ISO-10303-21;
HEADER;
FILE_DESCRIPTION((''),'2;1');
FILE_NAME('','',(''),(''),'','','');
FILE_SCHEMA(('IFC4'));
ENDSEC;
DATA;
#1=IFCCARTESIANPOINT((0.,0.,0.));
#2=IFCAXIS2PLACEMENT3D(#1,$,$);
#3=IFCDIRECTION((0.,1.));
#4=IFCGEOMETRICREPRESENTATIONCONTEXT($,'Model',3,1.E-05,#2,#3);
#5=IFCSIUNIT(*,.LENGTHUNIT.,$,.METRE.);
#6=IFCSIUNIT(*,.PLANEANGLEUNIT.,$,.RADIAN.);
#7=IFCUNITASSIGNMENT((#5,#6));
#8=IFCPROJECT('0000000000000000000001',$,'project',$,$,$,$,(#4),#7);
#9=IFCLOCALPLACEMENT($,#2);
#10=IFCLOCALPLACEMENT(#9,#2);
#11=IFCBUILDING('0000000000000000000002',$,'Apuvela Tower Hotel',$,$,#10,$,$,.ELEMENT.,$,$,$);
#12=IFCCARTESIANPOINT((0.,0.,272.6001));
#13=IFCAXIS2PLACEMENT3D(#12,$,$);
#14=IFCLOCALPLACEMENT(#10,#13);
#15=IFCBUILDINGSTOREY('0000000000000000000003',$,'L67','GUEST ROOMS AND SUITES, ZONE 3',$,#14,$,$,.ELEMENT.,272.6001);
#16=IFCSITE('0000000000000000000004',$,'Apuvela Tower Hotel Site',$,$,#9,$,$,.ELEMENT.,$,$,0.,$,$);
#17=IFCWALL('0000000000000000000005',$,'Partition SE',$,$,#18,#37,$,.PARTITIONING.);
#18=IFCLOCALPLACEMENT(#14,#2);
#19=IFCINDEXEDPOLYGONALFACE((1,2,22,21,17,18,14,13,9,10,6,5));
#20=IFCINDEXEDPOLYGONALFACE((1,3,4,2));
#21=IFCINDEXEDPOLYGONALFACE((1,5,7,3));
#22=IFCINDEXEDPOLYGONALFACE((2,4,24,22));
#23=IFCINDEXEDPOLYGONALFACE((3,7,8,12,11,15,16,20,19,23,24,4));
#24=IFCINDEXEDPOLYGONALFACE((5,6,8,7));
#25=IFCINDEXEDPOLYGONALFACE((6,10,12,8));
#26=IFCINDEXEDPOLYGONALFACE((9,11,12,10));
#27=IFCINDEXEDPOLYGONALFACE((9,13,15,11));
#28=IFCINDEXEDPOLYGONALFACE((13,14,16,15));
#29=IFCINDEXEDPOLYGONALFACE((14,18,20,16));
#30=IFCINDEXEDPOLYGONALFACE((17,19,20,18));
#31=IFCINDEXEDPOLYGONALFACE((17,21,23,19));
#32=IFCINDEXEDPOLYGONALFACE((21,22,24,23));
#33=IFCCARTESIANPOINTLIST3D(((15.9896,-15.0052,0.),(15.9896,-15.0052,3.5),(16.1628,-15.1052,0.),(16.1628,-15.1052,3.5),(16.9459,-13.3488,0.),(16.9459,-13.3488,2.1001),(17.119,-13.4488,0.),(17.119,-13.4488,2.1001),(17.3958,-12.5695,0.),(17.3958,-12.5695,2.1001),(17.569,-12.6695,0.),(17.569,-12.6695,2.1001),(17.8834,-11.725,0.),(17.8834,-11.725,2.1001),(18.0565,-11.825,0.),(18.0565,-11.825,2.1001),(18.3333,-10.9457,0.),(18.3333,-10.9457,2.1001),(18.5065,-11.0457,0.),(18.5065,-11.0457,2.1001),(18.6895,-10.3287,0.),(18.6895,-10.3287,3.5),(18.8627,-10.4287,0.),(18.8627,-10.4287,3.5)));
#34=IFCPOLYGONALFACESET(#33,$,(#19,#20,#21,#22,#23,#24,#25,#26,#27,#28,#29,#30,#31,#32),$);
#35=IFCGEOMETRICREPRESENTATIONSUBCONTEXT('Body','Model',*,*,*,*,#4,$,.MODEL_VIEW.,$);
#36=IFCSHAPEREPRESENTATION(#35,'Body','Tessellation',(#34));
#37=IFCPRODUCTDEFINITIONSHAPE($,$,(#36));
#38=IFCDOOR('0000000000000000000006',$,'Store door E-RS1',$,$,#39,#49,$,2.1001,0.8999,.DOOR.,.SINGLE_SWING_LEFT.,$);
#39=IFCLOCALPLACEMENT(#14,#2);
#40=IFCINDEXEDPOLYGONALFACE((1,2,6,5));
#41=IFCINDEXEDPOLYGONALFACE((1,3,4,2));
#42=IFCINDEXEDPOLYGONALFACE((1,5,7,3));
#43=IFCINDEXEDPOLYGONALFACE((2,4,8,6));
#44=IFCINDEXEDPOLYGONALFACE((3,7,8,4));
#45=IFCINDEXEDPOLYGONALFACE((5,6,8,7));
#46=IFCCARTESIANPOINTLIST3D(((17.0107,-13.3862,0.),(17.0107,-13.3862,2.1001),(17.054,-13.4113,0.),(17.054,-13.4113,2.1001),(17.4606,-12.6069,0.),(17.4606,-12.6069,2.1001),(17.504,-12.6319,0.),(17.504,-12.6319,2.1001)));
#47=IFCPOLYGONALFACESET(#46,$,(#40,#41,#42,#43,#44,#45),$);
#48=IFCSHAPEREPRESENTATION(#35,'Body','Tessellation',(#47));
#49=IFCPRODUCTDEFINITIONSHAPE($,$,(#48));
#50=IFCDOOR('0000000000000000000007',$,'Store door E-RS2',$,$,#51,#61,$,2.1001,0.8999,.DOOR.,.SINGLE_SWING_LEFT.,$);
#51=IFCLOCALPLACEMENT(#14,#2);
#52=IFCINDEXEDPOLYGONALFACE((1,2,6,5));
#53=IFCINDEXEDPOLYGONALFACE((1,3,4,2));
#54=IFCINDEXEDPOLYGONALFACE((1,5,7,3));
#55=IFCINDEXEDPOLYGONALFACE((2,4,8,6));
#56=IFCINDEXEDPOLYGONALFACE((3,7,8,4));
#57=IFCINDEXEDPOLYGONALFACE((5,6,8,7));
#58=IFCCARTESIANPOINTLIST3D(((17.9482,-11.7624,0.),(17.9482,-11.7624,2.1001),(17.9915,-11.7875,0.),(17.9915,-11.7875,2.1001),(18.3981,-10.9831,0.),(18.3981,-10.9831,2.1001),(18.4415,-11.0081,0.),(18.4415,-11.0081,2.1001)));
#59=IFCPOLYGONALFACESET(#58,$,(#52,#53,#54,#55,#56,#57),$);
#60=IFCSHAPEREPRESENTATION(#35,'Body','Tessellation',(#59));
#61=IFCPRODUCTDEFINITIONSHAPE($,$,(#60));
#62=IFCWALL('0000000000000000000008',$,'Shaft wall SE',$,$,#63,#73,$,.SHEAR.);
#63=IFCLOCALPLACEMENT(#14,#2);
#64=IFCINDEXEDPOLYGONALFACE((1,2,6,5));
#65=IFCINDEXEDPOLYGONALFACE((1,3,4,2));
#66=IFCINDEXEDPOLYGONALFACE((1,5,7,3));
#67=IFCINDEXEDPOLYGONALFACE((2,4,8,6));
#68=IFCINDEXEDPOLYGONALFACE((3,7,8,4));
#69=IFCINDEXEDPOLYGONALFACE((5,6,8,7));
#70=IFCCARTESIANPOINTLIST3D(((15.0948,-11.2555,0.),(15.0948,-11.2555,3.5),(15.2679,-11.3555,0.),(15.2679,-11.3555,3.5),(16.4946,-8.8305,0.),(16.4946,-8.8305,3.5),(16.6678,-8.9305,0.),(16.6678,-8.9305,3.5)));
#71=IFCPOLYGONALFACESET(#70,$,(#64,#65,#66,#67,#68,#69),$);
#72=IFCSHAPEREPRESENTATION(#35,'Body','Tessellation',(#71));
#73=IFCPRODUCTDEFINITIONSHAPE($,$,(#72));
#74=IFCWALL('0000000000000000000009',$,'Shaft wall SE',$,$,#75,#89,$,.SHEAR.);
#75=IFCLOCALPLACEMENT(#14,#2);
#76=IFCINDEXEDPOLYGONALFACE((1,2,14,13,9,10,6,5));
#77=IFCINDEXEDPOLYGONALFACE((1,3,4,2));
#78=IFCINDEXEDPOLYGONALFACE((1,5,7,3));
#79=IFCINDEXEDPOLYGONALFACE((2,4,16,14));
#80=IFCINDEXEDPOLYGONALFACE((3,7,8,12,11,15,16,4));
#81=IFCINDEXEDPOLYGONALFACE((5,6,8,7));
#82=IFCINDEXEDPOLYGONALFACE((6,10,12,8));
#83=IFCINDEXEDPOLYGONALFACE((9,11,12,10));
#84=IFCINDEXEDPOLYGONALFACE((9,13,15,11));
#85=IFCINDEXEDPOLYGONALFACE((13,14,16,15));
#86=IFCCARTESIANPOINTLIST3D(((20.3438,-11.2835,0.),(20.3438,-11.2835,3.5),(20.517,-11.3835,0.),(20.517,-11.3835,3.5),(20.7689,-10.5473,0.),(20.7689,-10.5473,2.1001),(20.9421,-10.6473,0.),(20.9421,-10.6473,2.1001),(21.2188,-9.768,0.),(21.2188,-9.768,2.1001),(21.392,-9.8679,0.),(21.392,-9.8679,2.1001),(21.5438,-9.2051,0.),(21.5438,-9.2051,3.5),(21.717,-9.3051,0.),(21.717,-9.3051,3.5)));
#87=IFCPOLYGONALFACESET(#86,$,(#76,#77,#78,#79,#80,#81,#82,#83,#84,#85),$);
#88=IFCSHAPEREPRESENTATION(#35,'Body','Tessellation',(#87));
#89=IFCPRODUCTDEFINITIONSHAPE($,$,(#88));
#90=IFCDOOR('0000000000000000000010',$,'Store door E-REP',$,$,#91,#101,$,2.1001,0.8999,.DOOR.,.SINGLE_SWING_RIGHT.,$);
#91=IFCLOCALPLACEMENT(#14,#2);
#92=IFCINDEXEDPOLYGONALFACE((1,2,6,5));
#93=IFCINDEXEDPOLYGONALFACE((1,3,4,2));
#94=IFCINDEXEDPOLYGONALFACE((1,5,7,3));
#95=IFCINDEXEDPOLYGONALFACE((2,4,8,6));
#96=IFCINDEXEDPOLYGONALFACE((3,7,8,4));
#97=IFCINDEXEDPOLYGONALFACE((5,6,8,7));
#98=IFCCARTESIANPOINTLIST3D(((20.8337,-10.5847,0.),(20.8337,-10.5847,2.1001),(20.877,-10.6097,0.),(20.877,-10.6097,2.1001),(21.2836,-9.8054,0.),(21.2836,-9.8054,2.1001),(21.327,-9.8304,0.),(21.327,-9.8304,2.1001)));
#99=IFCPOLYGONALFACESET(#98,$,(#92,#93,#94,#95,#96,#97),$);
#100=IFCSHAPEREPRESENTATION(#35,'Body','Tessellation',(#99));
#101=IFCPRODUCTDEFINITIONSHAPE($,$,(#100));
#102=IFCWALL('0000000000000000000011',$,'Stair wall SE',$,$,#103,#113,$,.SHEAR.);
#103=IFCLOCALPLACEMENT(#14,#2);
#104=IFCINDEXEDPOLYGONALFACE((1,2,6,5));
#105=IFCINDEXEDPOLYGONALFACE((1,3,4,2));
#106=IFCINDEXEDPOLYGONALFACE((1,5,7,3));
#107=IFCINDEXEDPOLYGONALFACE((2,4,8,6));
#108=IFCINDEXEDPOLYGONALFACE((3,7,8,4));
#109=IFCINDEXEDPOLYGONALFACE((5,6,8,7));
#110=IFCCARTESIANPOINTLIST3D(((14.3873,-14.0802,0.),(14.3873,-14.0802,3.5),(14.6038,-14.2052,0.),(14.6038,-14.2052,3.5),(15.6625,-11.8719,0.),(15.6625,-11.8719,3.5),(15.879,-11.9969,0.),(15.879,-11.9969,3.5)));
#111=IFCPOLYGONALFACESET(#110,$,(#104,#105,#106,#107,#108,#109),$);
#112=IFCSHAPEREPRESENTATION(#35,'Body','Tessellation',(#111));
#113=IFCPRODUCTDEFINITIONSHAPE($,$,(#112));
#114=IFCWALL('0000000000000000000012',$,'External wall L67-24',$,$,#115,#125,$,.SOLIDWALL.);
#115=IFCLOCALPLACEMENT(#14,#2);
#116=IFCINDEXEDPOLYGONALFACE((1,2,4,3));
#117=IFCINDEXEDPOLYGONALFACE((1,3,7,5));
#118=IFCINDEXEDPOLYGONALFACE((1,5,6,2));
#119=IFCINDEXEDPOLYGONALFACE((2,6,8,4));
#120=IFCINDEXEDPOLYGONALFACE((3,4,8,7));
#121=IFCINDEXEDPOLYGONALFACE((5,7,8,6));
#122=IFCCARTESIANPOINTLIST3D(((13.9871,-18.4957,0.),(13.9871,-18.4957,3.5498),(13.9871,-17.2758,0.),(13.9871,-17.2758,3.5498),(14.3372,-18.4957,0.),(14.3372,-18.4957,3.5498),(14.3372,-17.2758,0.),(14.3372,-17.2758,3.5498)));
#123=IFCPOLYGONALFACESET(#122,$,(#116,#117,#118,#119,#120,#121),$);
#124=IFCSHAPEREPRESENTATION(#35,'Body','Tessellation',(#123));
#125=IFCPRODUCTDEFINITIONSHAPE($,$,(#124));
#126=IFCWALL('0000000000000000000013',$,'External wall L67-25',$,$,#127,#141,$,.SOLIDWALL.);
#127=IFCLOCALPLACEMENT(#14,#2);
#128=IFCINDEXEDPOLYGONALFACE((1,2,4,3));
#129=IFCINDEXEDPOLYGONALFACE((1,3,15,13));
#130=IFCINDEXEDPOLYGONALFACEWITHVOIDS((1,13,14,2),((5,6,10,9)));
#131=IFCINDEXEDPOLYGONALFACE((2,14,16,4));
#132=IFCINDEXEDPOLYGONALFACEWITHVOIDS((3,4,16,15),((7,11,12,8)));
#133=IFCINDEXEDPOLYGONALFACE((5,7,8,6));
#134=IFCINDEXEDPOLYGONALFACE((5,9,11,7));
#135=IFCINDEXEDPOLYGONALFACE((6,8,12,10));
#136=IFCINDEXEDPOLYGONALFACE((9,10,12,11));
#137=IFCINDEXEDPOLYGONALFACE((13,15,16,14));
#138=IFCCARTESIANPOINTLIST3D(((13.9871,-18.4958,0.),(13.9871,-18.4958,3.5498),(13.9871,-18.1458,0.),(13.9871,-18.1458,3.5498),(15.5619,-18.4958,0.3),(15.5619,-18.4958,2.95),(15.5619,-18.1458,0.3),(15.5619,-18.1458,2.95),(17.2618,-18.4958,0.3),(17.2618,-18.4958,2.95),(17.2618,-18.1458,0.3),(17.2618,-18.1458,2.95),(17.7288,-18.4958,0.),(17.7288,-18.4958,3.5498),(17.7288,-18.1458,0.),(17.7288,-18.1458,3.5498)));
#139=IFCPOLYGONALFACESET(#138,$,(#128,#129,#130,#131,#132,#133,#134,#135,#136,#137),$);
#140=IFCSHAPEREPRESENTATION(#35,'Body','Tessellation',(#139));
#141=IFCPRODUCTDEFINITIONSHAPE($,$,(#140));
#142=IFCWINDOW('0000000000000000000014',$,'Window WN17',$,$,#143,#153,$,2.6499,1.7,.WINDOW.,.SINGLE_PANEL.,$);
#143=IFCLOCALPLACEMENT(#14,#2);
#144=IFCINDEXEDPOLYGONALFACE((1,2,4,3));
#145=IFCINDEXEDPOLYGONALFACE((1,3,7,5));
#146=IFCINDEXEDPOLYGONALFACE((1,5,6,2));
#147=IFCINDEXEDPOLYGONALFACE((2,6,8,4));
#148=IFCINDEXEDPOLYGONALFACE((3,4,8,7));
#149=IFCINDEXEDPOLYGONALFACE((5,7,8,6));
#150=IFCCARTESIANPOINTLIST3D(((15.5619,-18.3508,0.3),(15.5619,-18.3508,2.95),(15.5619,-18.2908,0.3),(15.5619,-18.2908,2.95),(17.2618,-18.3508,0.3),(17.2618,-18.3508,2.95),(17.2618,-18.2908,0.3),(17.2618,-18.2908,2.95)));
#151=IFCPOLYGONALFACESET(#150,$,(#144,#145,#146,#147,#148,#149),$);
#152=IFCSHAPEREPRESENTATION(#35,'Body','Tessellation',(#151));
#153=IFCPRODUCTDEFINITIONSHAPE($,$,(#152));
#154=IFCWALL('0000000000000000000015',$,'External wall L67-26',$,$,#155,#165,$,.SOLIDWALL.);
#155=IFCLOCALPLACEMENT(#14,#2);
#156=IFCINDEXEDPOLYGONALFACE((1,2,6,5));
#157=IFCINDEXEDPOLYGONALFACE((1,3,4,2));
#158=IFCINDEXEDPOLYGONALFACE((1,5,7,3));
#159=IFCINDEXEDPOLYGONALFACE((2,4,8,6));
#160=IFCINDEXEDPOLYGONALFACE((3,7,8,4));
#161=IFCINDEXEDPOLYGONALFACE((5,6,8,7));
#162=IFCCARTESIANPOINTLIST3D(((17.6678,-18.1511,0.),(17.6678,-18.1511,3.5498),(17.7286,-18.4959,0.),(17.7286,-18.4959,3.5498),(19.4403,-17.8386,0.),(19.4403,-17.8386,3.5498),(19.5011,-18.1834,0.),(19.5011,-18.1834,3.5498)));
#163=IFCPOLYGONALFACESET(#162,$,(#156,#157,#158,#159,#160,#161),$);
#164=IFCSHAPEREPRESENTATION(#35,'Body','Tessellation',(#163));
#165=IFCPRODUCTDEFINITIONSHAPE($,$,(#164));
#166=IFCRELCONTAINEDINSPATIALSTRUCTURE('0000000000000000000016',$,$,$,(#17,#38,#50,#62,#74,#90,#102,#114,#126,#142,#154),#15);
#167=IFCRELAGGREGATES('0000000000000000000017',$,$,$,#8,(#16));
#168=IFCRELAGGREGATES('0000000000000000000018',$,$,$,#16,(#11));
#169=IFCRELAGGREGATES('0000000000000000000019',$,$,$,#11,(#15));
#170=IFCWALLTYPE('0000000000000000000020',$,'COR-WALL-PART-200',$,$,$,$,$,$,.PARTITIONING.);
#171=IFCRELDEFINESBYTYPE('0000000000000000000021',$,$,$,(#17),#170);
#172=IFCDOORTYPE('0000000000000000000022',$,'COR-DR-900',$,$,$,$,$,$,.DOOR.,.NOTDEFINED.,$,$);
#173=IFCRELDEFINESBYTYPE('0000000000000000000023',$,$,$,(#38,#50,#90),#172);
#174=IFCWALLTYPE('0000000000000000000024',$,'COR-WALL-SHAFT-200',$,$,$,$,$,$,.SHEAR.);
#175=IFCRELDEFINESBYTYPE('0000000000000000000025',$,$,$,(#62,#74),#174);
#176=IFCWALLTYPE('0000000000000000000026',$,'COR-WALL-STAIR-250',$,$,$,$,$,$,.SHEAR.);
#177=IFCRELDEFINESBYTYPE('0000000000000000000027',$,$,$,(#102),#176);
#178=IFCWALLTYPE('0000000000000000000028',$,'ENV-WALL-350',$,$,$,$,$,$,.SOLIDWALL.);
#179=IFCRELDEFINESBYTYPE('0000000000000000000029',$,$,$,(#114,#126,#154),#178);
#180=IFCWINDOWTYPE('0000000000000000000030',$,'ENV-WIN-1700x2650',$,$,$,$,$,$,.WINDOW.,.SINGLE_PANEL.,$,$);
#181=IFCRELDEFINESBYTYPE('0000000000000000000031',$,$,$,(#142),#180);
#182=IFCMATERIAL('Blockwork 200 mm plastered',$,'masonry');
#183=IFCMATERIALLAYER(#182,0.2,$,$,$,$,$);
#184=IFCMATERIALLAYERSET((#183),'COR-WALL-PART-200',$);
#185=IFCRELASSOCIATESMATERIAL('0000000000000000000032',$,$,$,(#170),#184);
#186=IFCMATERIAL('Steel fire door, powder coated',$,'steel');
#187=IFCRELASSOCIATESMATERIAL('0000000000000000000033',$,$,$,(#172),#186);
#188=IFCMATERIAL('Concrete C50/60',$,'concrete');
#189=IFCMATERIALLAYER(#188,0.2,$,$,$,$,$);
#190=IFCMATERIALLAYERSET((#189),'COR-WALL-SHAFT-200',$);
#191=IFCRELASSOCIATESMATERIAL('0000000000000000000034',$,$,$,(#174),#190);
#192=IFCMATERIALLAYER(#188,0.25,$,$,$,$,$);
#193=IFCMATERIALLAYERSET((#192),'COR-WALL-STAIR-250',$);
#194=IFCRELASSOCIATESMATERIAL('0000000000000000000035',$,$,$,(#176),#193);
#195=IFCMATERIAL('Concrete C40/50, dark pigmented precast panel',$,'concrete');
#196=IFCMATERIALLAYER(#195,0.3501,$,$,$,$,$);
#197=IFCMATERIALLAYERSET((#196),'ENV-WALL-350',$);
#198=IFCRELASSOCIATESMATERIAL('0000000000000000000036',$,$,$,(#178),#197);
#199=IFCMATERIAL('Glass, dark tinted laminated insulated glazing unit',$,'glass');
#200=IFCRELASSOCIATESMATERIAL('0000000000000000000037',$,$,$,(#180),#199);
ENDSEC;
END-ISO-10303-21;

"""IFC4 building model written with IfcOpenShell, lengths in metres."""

from ifc_helpers import new_model, si_unit, direction, frame, frame_2d, origin, place, context, subcontext, project, spatial, rectangle, extrude, material, layer, layer_set, type_object, element, fill, save


model = new_model("IFC4")

# Units and contexts
model_context = context("Model", 3, precision=1e-05, world=origin(), true_north=direction((0.0, 1.0)))
body_context = subcontext(model_context, "Body", "Model", "MODEL_VIEW")
ifc_project = project(units=[si_unit("LENGTHUNIT", "METRE"), si_unit("PLANEANGLEUNIT", "RADIAN")], contexts=[model_context])

# Site, building, storey
site_placement = place(None, origin())
site = spatial("IfcSite", under=ifc_project, at=site_placement, Name="Apuvela Tower Hotel Site", CompositionType="ELEMENT", RefElevation=0.0)
building_placement = place(site_placement, origin())
building = spatial("IfcBuilding", under=site, at=building_placement, Name="Apuvela Tower Hotel", CompositionType="ELEMENT")
storey_placement = place(building_placement, frame((0.0, 0.0, 272.6001)))
storey = spatial("IfcBuildingStorey", under=building, at=storey_placement, Name="L67", Description="GUEST ROOMS AND SUITES, ZONE 3", CompositionType="ELEMENT", Elevation=272.6001)

# Wall, openings, doors
ifc_material_1 = material(Name="Blockwork 200 mm plastered", Category="masonry")
ifc_layer_1 = layer(ifc_material_1, 0.2)
ifc_layer_set_1 = layer_set([ifc_layer_1], Name="COR-WALL-PART-200")
wall_type_1 = type_object("IfcWallType", Name="COR-WALL-PART-200", PredefinedType="PARTITIONING", material=ifc_layer_set_1)
wall_1_placement = place(storey_placement, frame((16.0762, -15.0552, 0.0), z_axis=(0.0, 0.0, 1.0), x_axis=(0.499995, 0.866028, 0.0)))
wall_1 = element("IfcWall", 1, at=wall_1_placement, inside=storey, type_object=wall_type_1, Name="Partition SE", PredefinedType="PARTITIONING", context=body_context, shape_type="SweptSolid", body=[
    extrude(rectangle(XDim=5.3999, YDim=0.2, at=frame_2d((2.7, 0.0))), origin(), (0.0, 0.0, 1.0), 3.5),
])
opening_1_placement = place(wall_1_placement, frame((1.9126, 0.0, 0.0)))
opening_1 = element("IfcOpeningElement", 2, at=opening_1_placement, cuts=wall_1, PredefinedType="OPENING", context=body_context, shape_type="SweptSolid", body=[
    extrude(rectangle(XDim=0.8999, YDim=2.1001, at=frame_2d((0.45, 1.05))), frame((0.0, 0.1099, 0.0), z_axis=(0.0, -1.0, 0.0), x_axis=(1.0, 0.0, 0.0)), (0.0, 0.0, 1.0), 0.22),
])
opening_2_placement = place(wall_1_placement, frame((3.7876, 0.0, 0.0)))
opening_2 = element("IfcOpeningElement", 3, at=opening_2_placement, cuts=wall_1, PredefinedType="OPENING", context=body_context, shape_type="SweptSolid", body=[
    extrude(rectangle(XDim=0.8999, YDim=2.1001, at=frame_2d((0.45, 1.05))), frame((0.0, 0.1099, 0.0), z_axis=(0.0, -1.0, 0.0), x_axis=(1.0, 0.0, 0.0)), (0.0, 0.0, 1.0), 0.22),
])
ifc_material_2 = material(Name="Steel fire door, powder coated", Category="steel")
door_type_1 = type_object("IfcDoorType", Name="COR-DR-900", OperationType="NOTDEFINED", PredefinedType="DOOR", material=ifc_material_2)
door_1_placement = place(opening_1_placement, frame((0.8999, 0.0, 0.0), z_axis=(0.0, 0.0, 1.0), x_axis=(-1.0, 0.0, 0.0)))
door_1 = element("IfcDoor", 4, at=door_1_placement, inside=storey, type_object=door_type_1, Name="Store door E-RS1", OperationType="SINGLE_SWING_LEFT", OverallHeight=2.1001, OverallWidth=0.8999, PredefinedType="DOOR", context=body_context, shape_type="SweptSolid", body=[
    extrude(rectangle(XDim=0.8999, YDim=2.1001, at=frame_2d((0.45, 1.05))), frame((0.0, 0.0249, 0.0), z_axis=(0.0, -1.0, 0.0), x_axis=(1.0, 0.0, 0.0)), (0.0, 0.0, 1.0), 0.05),
])
fill(opening_1, door_1)
door_2_placement = place(opening_2_placement, frame((0.8999, 0.0, 0.0), z_axis=(0.0, 0.0, 1.0), x_axis=(-1.0, 0.0, 0.0)))
door_2 = element("IfcDoor", 5, at=door_2_placement, inside=storey, type_object=door_type_1, Name="Store door E-RS2", OperationType="SINGLE_SWING_LEFT", OverallHeight=2.1001, OverallWidth=0.8999, PredefinedType="DOOR", context=body_context, shape_type="SweptSolid", body=[
    extrude(rectangle(XDim=0.8999, YDim=2.1001, at=frame_2d((0.45, 1.05))), frame((0.0, 0.0249, 0.0), z_axis=(0.0, -1.0, 0.0), x_axis=(1.0, 0.0, 0.0)), (0.0, 0.0, 1.0), 0.05),
])
fill(opening_2, door_2)

# Wall
ifc_material_3 = material(Name="Concrete C50/60", Category="concrete")
ifc_layer_2 = layer(ifc_material_3, 0.2)
ifc_layer_set_2 = layer_set([ifc_layer_2], Name="COR-WALL-SHAFT-200")
wall_type_2 = type_object("IfcWallType", Name="COR-WALL-SHAFT-200", PredefinedType="SHEAR", material=ifc_layer_set_2)
wall_2_placement = place(storey_placement, frame((15.1814, -11.3054, 0.0), z_axis=(0.0, 0.0, 1.0), x_axis=(0.499946, 0.866056, 0.0)))
element("IfcWall", 6, at=wall_2_placement, inside=storey, type_object=wall_type_2, Name="Shaft wall SE", PredefinedType="SHEAR", context=body_context, shape_type="SweptSolid", body=[
    extrude(rectangle(XDim=2.8, YDim=0.2, at=frame_2d((1.3999, 0.0))), origin(), (0.0, 0.0, 1.0), 3.5),
])

# Wall, opening, door
wall_3_placement = place(storey_placement, frame((20.4304, -11.3335, 0.0), z_axis=(0.0, 0.0, 1.0), x_axis=(0.500001, 0.866025, 0.0)))
wall_3 = element("IfcWall", 7, at=wall_3_placement, inside=storey, type_object=wall_type_2, Name="Shaft wall SE", PredefinedType="SHEAR", context=body_context, shape_type="SweptSolid", body=[
    extrude(rectangle(XDim=2.3999, YDim=0.2, at=frame_2d((1.2, 0.0))), origin(), (0.0, 0.0, 1.0), 3.5),
])
opening_3_placement = place(wall_3_placement, frame((0.8501, 0.0, 0.0)))
opening_3 = element("IfcOpeningElement", 8, at=opening_3_placement, cuts=wall_3, PredefinedType="OPENING", context=body_context, shape_type="SweptSolid", body=[
    extrude(rectangle(XDim=0.8999, YDim=2.1001, at=frame_2d((0.45, 1.05))), frame((0.0, 0.1099, 0.0), z_axis=(0.0, -1.0, 0.0), x_axis=(1.0, 0.0, 0.0)), (0.0, 0.0, 1.0), 0.22),
])
door_3_placement = place(opening_3_placement, frame((0.8999, 0.0, 0.0), z_axis=(0.0, 0.0, 1.0), x_axis=(-1.0, 0.0, 0.0)))
door_3 = element("IfcDoor", 9, at=door_3_placement, inside=storey, type_object=door_type_1, Name="Store door E-REP", OperationType="SINGLE_SWING_RIGHT", OverallHeight=2.1001, OverallWidth=0.8999, PredefinedType="DOOR", context=body_context, shape_type="SweptSolid", body=[
    extrude(rectangle(XDim=0.8999, YDim=2.1001, at=frame_2d((0.45, 1.05))), frame((0.0, 0.0249, 0.0), z_axis=(0.0, -1.0, 0.0), x_axis=(1.0, 0.0, 0.0)), (0.0, 0.0, 1.0), 0.05),
])
fill(opening_3, door_3)

# Walls
ifc_layer_3 = layer(ifc_material_3, 0.25)
ifc_layer_set_3 = layer_set([ifc_layer_3], Name="COR-WALL-STAIR-250")
wall_type_3 = type_object("IfcWallType", Name="COR-WALL-STAIR-250", PredefinedType="SHEAR", material=ifc_layer_set_3)
wall_4_placement = place(storey_placement, frame((14.4956, -14.1426, 0.0), z_axis=(0.0, 0.0, 1.0), x_axis=(0.500062, 0.865989, 0.0)))
element("IfcWall", 10, at=wall_4_placement, inside=storey, type_object=wall_type_3, Name="Stair wall SE", PredefinedType="SHEAR", context=body_context, shape_type="SweptSolid", body=[
    extrude(rectangle(XDim=2.55, YDim=0.25, at=frame_2d((1.2749, 0.0))), origin(), (0.0, 0.0, 1.0), 3.5),
])
ifc_material_4 = material(Name="Concrete C40/50, dark pigmented precast panel", Category="concrete")
ifc_layer_4 = layer(ifc_material_4, 0.3501)
ifc_layer_set_4 = layer_set([ifc_layer_4], Name="ENV-WALL-350")
wall_type_4 = type_object("IfcWallType", Name="ENV-WALL-350", PredefinedType="SOLIDWALL", material=ifc_layer_set_4)
wall_5_placement = place(storey_placement, frame((14.1621, -17.2759, 0.0), z_axis=(0.0, 0.0, 1.0), x_axis=(0.0, -1.0, 0.0)))
element("IfcWall", 11, at=wall_5_placement, inside=storey, type_object=wall_type_4, Name="External wall L67-24", PredefinedType="SOLIDWALL", context=body_context, shape_type="SweptSolid", body=[
    extrude(rectangle(XDim=1.22, YDim=0.3501, at=frame_2d((0.6099, 0.0))), origin(), (0.0, 0.0, 1.0), 3.5498),
])

# Wall, opening, window
wall_6_placement = place(storey_placement, frame((13.9871, -18.3208, 0.0), z_axis=(0.0, 0.0, 1.0), x_axis=(1.0, 0.0, 0.0)))
wall_6 = element("IfcWall", 12, at=wall_6_placement, inside=storey, type_object=wall_type_4, Name="External wall L67-25", PredefinedType="SOLIDWALL", context=body_context, shape_type="SweptSolid", body=[
    extrude(rectangle(XDim=3.7417, YDim=0.3501, at=frame_2d((1.8708, 0.0))), origin(), (0.0, 0.0, 1.0), 3.5498),
])
opening_4_placement = place(wall_6_placement, frame((1.5747, 0.0, 0.3)))
opening_4 = element("IfcOpeningElement", 13, at=opening_4_placement, cuts=wall_6, PredefinedType="OPENING", context=body_context, shape_type="SweptSolid", body=[
    extrude(rectangle(XDim=1.7, YDim=2.6499, at=frame_2d((0.8501, 1.325))), frame((0.0, 0.1851, 0.0), z_axis=(0.0, -1.0, 0.0), x_axis=(1.0, 0.0, 0.0)), (0.0, 0.0, 1.0), 0.3701),
])
ifc_material_5 = material(Name="Glass, dark tinted laminated insulated glazing unit", Category="glass")
window_type = type_object("IfcWindowType", Name="ENV-WIN-1700x2650", PartitioningType="SINGLE_PANEL", PredefinedType="WINDOW", material=ifc_material_5)
window_placement = place(opening_4_placement, origin())
window = element("IfcWindow", 14, at=window_placement, inside=storey, type_object=window_type, Name="Window WN17", OverallHeight=2.6499, OverallWidth=1.7, PartitioningType="SINGLE_PANEL", PredefinedType="WINDOW", context=body_context, shape_type="SweptSolid", body=[
    extrude(rectangle(XDim=1.7, YDim=2.6499, at=frame_2d((0.8501, 1.325))), frame((0.0, 0.03, 0.0), z_axis=(0.0, -1.0, 0.0), x_axis=(1.0, 0.0, 0.0)), (0.0, 0.0, 1.0), 0.0601),
])
fill(opening_4, window)

# Wall
wall_7_placement = place(storey_placement, frame((17.6982, -18.3235, 0.0), z_axis=(0.0, 0.0, 1.0), x_axis=(0.984811, 0.173631, 0.0)))
element("IfcWall", 15, at=wall_7_placement, inside=storey, type_object=wall_type_4, Name="External wall L67-26", PredefinedType="SOLIDWALL", context=body_context, shape_type="SweptSolid", body=[
    extrude(rectangle(XDim=1.7998, YDim=0.3501, at=frame_2d((0.8999, 0.0))), origin(), (0.0, 0.0, 1.0), 3.5498),
])

save(model, "model.ifc")
